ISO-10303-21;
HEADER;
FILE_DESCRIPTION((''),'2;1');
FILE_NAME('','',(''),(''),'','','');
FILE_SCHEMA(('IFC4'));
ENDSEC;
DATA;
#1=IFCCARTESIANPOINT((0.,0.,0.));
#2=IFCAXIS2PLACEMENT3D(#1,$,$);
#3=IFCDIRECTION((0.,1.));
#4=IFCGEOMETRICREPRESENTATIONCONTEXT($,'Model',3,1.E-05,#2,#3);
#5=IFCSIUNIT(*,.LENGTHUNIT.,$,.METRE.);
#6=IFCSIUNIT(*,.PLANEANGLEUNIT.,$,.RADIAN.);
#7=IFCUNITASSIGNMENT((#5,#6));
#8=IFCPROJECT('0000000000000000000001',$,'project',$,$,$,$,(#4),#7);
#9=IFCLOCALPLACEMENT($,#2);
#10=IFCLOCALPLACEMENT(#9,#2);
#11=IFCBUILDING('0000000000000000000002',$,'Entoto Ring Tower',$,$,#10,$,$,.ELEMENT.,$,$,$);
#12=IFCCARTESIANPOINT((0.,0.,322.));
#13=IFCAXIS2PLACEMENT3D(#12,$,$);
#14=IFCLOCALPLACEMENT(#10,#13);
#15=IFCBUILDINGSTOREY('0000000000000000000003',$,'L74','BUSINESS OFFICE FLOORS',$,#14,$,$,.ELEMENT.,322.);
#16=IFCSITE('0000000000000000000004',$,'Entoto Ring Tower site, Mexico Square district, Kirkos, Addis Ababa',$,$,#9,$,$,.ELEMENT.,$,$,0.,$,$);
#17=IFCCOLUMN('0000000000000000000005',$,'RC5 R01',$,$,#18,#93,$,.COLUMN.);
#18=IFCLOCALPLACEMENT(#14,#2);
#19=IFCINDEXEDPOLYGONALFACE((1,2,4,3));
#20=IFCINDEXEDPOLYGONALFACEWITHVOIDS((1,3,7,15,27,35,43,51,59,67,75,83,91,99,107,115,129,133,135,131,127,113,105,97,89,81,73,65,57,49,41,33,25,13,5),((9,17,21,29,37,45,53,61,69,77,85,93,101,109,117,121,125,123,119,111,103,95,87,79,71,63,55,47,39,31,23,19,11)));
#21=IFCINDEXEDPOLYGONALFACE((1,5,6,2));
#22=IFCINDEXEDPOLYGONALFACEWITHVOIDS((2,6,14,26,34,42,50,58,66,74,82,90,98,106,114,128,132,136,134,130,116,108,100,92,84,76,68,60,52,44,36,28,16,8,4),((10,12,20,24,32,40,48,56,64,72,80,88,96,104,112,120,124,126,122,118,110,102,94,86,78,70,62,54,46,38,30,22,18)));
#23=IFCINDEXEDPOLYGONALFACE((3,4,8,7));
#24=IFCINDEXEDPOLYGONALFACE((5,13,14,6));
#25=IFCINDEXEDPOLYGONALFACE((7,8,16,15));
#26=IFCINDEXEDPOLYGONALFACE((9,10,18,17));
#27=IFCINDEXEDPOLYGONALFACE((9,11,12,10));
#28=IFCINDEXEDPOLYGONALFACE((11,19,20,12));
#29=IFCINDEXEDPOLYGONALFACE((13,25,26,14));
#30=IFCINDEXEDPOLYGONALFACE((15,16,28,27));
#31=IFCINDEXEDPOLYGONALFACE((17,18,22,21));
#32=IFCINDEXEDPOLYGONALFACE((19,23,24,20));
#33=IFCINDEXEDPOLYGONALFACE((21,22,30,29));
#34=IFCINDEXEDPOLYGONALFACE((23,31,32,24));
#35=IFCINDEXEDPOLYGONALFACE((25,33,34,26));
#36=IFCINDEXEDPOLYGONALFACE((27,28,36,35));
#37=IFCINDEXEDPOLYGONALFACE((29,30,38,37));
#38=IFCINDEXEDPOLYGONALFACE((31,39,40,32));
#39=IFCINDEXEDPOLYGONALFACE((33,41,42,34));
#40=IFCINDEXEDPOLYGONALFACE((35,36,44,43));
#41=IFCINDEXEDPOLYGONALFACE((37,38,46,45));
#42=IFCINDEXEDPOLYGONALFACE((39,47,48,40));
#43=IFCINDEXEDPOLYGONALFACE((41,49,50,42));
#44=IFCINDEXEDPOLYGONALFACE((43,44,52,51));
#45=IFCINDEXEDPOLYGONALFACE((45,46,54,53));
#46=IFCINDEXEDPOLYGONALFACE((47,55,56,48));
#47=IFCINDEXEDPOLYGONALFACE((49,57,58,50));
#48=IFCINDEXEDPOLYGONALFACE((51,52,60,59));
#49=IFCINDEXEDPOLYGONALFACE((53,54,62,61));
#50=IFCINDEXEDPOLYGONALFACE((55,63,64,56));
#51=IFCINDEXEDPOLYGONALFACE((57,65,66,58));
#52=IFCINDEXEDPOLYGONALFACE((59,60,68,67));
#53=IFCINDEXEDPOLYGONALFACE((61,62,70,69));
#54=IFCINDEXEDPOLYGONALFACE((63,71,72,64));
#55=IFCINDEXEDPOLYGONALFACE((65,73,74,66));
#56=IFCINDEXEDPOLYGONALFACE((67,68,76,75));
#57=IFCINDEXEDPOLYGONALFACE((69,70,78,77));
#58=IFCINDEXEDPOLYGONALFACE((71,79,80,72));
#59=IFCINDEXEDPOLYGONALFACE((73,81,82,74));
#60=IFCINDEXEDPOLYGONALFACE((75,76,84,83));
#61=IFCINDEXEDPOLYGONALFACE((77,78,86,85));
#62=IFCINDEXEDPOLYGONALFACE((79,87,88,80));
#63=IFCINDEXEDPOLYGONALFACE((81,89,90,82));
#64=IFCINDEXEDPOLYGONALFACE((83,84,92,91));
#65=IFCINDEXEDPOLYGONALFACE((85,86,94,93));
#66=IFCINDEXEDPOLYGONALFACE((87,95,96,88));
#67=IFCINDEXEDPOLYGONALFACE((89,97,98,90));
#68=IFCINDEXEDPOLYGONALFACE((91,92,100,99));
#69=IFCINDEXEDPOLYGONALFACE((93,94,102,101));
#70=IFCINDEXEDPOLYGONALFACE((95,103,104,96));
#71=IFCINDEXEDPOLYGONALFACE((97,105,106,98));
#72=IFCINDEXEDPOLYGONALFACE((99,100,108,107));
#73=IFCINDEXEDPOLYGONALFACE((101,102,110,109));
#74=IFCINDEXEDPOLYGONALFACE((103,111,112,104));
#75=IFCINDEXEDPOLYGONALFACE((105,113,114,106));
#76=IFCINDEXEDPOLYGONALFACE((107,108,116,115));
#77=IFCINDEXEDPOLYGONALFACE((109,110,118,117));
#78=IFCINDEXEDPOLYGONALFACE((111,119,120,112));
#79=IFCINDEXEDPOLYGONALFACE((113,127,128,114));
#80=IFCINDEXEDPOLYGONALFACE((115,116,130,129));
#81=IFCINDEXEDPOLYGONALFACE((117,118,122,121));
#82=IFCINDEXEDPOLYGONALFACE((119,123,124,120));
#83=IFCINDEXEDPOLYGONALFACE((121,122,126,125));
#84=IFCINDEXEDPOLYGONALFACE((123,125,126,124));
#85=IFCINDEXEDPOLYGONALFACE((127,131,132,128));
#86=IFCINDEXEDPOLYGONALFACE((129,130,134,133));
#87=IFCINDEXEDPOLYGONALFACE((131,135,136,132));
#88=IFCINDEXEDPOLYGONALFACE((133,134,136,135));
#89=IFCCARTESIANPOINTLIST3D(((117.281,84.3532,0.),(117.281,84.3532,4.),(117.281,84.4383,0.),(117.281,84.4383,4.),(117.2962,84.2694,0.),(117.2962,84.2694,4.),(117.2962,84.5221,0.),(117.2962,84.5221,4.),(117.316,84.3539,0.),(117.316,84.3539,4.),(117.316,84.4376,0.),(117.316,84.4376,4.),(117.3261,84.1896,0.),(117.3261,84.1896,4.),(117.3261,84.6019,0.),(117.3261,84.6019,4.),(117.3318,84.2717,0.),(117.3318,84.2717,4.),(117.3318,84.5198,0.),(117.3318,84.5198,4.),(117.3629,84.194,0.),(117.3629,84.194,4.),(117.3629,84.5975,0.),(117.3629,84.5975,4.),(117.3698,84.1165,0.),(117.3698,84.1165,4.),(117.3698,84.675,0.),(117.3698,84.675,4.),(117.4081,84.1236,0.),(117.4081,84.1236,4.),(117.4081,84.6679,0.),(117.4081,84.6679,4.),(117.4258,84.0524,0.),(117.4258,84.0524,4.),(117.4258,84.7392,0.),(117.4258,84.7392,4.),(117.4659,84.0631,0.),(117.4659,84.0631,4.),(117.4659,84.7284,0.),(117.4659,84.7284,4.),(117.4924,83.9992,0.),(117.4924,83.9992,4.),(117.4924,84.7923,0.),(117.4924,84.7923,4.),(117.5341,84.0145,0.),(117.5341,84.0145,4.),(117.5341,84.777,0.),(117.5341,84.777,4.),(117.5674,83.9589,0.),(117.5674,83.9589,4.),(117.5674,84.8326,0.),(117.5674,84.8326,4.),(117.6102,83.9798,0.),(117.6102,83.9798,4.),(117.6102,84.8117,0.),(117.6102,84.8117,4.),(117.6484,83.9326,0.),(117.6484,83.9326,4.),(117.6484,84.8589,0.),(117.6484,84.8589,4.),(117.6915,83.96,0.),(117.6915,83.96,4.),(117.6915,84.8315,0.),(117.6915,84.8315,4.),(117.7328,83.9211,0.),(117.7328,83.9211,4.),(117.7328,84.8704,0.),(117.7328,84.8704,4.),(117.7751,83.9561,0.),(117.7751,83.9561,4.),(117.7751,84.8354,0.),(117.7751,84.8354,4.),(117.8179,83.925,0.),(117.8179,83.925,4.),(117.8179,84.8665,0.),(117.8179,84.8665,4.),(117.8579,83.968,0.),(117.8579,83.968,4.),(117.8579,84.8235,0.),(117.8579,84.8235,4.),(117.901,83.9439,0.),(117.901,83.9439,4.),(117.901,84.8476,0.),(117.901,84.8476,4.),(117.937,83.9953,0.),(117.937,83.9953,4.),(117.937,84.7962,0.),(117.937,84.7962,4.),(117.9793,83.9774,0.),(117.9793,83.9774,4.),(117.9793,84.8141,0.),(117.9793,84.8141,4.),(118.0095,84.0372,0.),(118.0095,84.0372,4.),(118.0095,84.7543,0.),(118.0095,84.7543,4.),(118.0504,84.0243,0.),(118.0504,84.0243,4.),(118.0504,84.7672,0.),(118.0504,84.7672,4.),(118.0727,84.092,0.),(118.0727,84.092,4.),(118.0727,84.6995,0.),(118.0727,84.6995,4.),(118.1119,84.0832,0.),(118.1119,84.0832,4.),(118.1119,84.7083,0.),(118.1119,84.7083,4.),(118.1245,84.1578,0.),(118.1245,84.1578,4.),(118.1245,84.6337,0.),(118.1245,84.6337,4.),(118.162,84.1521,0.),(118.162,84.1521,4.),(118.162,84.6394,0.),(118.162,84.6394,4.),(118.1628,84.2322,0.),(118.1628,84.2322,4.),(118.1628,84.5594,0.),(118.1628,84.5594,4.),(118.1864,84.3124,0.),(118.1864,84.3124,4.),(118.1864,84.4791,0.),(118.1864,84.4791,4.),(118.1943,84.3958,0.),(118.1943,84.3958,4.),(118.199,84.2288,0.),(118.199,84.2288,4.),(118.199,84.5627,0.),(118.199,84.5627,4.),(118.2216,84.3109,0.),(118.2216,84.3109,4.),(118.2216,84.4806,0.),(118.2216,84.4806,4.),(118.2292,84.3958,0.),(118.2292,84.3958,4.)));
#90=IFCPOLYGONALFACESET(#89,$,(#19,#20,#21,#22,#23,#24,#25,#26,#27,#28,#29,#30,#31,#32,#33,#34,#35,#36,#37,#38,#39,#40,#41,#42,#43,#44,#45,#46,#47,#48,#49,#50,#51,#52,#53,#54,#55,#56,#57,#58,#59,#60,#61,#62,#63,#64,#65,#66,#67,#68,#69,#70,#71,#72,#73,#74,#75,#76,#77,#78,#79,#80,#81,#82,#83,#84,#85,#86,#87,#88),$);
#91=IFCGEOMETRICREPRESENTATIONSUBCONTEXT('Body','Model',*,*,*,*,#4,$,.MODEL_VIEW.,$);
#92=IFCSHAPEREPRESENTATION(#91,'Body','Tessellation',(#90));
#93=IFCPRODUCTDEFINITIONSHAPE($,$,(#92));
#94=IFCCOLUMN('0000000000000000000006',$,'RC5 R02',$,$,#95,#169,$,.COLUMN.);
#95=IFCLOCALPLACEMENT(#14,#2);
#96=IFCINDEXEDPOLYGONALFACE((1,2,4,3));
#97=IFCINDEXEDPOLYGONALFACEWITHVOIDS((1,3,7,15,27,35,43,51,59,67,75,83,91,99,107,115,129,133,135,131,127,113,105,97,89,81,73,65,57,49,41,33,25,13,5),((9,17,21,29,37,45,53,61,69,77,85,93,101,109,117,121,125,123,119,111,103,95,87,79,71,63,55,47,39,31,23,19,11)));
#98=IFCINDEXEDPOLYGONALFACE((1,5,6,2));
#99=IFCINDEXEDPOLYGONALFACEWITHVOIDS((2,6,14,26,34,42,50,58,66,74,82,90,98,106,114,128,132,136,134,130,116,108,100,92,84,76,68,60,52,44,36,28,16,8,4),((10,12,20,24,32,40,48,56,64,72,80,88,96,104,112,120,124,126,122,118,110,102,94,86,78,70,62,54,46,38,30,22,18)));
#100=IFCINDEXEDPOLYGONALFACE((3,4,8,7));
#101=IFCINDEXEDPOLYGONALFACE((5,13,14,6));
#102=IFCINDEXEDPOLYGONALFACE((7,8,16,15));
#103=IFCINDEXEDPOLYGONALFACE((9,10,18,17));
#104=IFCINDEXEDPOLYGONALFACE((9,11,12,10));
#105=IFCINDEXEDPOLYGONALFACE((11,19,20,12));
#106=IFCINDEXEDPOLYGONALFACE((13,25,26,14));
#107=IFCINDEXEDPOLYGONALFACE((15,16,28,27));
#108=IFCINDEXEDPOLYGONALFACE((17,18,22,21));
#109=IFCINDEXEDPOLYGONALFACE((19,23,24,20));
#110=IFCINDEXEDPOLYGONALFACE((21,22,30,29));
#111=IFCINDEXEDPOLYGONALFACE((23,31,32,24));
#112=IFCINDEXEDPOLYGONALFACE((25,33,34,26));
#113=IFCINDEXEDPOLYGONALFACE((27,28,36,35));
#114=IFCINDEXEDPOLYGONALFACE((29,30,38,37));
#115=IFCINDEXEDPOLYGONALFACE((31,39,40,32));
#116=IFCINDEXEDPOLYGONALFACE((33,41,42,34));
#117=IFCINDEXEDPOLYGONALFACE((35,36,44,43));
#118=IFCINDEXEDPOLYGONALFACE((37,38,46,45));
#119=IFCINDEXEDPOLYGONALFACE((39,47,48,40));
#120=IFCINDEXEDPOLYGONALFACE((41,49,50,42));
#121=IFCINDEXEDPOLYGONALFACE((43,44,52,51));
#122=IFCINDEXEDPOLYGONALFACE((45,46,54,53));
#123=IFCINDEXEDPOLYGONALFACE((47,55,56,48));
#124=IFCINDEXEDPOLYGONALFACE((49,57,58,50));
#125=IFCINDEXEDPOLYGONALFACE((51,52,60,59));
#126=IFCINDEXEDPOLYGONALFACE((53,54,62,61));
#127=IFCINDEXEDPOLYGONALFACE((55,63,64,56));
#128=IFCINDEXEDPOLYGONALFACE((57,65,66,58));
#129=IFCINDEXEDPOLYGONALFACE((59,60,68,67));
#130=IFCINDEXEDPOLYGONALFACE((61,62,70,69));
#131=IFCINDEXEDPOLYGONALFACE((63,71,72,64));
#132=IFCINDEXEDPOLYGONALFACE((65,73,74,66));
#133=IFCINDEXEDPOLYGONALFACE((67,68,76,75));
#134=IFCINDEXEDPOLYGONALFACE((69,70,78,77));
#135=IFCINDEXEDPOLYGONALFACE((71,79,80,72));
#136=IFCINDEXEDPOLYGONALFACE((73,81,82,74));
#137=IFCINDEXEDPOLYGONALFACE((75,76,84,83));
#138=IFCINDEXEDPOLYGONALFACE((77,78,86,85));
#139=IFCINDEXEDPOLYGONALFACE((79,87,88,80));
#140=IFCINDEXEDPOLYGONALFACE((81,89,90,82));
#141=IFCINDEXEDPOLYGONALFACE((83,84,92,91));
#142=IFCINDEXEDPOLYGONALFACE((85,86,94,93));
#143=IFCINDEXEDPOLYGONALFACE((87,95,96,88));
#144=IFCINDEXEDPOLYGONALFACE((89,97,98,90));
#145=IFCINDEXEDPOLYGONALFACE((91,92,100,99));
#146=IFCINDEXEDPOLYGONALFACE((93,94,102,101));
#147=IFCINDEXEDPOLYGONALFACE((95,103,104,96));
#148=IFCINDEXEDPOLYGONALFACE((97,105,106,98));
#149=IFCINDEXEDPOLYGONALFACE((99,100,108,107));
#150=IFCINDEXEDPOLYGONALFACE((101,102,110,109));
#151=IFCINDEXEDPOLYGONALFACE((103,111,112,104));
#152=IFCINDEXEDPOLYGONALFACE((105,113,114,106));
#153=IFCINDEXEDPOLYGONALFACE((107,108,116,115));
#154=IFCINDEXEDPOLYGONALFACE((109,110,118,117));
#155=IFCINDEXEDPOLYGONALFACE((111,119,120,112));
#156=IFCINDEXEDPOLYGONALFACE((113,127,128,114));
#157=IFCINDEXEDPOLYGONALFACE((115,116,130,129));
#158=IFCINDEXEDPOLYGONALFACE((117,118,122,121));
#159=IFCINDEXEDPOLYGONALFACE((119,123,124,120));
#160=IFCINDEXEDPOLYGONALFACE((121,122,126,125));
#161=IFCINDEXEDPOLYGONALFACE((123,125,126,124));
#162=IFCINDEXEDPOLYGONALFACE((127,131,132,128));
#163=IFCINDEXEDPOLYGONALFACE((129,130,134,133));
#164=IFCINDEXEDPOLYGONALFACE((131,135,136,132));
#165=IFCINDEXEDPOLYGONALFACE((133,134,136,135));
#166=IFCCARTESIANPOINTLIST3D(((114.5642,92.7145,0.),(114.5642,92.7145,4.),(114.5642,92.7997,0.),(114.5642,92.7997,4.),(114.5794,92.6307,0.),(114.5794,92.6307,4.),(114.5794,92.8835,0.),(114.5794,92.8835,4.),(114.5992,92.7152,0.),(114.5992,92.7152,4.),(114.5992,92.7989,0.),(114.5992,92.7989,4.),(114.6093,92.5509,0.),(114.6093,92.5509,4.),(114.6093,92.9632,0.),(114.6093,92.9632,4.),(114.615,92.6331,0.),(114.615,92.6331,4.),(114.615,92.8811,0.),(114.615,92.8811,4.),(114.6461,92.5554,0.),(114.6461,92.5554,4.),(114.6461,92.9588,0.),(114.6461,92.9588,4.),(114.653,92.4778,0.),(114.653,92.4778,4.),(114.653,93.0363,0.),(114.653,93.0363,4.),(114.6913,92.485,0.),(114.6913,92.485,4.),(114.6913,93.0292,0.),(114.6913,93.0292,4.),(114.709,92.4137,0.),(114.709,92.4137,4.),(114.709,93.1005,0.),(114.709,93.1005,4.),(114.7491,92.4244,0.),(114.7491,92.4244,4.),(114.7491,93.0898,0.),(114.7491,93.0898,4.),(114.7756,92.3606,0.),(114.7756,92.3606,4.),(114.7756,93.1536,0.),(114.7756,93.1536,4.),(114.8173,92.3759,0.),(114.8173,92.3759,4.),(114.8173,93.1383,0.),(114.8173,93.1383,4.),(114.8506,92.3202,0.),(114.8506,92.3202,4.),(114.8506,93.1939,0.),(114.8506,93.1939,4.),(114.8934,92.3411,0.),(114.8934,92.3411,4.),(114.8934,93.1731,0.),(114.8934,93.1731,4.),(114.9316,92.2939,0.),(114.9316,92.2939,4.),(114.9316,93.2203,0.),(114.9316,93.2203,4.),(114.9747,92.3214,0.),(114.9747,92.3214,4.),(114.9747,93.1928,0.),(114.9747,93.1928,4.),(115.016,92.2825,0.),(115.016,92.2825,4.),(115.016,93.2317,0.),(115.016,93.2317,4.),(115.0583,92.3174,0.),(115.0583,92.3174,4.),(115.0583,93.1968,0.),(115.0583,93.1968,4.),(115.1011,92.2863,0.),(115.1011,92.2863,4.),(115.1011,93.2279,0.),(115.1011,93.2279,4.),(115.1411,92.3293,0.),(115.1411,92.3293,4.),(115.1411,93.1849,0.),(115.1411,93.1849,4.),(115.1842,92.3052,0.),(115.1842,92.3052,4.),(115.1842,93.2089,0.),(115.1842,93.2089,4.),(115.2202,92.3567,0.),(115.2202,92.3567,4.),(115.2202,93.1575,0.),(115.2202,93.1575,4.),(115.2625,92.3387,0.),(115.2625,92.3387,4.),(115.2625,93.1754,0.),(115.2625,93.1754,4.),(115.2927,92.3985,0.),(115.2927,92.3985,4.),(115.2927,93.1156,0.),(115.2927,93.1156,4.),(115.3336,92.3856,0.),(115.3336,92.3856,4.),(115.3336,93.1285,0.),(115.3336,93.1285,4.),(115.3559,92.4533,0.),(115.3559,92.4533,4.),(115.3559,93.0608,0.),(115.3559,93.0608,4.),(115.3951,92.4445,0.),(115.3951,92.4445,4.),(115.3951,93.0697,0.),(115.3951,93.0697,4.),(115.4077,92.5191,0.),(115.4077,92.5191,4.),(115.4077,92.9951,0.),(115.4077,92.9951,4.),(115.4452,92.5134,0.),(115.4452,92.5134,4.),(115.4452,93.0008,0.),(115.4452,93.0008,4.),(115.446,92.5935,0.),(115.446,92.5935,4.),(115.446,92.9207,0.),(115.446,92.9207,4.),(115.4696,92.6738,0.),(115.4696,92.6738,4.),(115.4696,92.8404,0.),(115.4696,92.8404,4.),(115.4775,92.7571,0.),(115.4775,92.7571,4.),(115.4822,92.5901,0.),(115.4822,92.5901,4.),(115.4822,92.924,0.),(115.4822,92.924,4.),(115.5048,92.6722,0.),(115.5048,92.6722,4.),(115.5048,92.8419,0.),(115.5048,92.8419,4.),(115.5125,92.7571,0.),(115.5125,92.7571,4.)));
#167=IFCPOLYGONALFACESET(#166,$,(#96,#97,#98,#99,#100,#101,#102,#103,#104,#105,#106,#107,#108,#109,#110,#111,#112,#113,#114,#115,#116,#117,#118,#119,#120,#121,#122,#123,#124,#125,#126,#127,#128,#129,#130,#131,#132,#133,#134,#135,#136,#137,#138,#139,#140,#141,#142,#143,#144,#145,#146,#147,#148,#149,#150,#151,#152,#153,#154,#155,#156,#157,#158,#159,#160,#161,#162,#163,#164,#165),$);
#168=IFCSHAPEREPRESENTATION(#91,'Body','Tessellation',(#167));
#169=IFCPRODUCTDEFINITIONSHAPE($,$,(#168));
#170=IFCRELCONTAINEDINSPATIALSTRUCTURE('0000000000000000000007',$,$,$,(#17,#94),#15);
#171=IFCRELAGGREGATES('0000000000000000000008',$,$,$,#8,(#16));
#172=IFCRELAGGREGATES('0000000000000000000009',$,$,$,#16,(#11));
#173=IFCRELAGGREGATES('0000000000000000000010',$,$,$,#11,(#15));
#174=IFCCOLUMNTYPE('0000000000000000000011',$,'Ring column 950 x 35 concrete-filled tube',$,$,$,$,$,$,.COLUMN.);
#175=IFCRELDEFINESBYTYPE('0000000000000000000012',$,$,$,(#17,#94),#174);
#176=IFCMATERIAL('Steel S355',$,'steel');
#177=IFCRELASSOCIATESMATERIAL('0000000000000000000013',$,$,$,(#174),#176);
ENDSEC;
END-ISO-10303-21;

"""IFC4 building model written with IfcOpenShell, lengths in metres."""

from ifc_helpers import new_model, si_unit, direction, frame, origin, origin_2d, place, context, subcontext, project, spatial, circle, hollow_circle, extrude, material, material_profile, profile_set, type_object, element, save


model = new_model("IFC4")

# Units and contexts
model_context = context("Model", 3, precision=1e-05, world=origin(), true_north=direction((0.0, 1.0)))
body_context = subcontext(model_context, "Body", "Model", "MODEL_VIEW")
ifc_project = project(units=[si_unit("LENGTHUNIT", "METRE"), si_unit("PLANEANGLEUNIT", "RADIAN")], contexts=[model_context])

# Site, building, storey
site_placement = place(None, origin())
site = spatial("IfcSite", under=ifc_project, at=site_placement, Name="Entoto Ring Tower site, Mexico Square district, Kirkos, Addis Ababa", CompositionType="ELEMENT", RefElevation=0.0)
building_placement = place(site_placement, origin())
building = spatial("IfcBuilding", under=site, at=building_placement, Name="Entoto Ring Tower", CompositionType="ELEMENT")
storey_placement = place(building_placement, frame((0.0, 0.0, 322.0)))
storey = spatial("IfcBuildingStorey", under=building, at=storey_placement, Name="L74", Description="BUSINESS OFFICE FLOORS", CompositionType="ELEMENT", Elevation=322.0)

# Columns
ifc_material_1 = material(Name="Steel S355", Category="steel")
ifc_material_profile_1 = material_profile(ifc_material_1, hollow_circle(Radius=0.4751, WallThickness=0.0349, at=origin_2d()), Name="CHS 950 x 35")
ifc_material_2 = material(Name="Concrete C60/75", Category="concrete")
ifc_material_profile_2 = material_profile(ifc_material_2, circle(Radius=0.4399, at=origin_2d()), Name="Concrete C60/75 infill")
ifc_profile_set_1 = profile_set([ifc_material_profile_1, ifc_material_profile_2], Name="Steel S355")
column_type = type_object("IfcColumnType", Name="Ring column 950 x 35 concrete-filled tube", PredefinedType="COLUMN", material=ifc_profile_set_1)
for number, where, z_axis, x_axis, name in (
    (1, (117.7542, 84.3958, 0.0), (0.0, 0.0, 1.0), (1.0, 0.0, 0.0), "RC5 R01"),
    (2, (115.0374, 92.7571, 0.0), (0.0, 0.0, 1.0), (1.0, 0.0, 0.0), "RC5 R02"),
):
    element("IfcColumn", number, at=place(storey_placement, frame(where, z_axis=z_axis, x_axis=x_axis)), inside=storey, type_object=column_type, Name=name, PredefinedType="COLUMN", context=body_context, shape_type="SweptSolid", body=[
        extrude(hollow_circle(Radius=0.4751, WallThickness=0.0349, at=origin_2d()), origin(), (0.0, 0.0, 1.0), 4.0),
    ])

save(model, "model.ifc")
